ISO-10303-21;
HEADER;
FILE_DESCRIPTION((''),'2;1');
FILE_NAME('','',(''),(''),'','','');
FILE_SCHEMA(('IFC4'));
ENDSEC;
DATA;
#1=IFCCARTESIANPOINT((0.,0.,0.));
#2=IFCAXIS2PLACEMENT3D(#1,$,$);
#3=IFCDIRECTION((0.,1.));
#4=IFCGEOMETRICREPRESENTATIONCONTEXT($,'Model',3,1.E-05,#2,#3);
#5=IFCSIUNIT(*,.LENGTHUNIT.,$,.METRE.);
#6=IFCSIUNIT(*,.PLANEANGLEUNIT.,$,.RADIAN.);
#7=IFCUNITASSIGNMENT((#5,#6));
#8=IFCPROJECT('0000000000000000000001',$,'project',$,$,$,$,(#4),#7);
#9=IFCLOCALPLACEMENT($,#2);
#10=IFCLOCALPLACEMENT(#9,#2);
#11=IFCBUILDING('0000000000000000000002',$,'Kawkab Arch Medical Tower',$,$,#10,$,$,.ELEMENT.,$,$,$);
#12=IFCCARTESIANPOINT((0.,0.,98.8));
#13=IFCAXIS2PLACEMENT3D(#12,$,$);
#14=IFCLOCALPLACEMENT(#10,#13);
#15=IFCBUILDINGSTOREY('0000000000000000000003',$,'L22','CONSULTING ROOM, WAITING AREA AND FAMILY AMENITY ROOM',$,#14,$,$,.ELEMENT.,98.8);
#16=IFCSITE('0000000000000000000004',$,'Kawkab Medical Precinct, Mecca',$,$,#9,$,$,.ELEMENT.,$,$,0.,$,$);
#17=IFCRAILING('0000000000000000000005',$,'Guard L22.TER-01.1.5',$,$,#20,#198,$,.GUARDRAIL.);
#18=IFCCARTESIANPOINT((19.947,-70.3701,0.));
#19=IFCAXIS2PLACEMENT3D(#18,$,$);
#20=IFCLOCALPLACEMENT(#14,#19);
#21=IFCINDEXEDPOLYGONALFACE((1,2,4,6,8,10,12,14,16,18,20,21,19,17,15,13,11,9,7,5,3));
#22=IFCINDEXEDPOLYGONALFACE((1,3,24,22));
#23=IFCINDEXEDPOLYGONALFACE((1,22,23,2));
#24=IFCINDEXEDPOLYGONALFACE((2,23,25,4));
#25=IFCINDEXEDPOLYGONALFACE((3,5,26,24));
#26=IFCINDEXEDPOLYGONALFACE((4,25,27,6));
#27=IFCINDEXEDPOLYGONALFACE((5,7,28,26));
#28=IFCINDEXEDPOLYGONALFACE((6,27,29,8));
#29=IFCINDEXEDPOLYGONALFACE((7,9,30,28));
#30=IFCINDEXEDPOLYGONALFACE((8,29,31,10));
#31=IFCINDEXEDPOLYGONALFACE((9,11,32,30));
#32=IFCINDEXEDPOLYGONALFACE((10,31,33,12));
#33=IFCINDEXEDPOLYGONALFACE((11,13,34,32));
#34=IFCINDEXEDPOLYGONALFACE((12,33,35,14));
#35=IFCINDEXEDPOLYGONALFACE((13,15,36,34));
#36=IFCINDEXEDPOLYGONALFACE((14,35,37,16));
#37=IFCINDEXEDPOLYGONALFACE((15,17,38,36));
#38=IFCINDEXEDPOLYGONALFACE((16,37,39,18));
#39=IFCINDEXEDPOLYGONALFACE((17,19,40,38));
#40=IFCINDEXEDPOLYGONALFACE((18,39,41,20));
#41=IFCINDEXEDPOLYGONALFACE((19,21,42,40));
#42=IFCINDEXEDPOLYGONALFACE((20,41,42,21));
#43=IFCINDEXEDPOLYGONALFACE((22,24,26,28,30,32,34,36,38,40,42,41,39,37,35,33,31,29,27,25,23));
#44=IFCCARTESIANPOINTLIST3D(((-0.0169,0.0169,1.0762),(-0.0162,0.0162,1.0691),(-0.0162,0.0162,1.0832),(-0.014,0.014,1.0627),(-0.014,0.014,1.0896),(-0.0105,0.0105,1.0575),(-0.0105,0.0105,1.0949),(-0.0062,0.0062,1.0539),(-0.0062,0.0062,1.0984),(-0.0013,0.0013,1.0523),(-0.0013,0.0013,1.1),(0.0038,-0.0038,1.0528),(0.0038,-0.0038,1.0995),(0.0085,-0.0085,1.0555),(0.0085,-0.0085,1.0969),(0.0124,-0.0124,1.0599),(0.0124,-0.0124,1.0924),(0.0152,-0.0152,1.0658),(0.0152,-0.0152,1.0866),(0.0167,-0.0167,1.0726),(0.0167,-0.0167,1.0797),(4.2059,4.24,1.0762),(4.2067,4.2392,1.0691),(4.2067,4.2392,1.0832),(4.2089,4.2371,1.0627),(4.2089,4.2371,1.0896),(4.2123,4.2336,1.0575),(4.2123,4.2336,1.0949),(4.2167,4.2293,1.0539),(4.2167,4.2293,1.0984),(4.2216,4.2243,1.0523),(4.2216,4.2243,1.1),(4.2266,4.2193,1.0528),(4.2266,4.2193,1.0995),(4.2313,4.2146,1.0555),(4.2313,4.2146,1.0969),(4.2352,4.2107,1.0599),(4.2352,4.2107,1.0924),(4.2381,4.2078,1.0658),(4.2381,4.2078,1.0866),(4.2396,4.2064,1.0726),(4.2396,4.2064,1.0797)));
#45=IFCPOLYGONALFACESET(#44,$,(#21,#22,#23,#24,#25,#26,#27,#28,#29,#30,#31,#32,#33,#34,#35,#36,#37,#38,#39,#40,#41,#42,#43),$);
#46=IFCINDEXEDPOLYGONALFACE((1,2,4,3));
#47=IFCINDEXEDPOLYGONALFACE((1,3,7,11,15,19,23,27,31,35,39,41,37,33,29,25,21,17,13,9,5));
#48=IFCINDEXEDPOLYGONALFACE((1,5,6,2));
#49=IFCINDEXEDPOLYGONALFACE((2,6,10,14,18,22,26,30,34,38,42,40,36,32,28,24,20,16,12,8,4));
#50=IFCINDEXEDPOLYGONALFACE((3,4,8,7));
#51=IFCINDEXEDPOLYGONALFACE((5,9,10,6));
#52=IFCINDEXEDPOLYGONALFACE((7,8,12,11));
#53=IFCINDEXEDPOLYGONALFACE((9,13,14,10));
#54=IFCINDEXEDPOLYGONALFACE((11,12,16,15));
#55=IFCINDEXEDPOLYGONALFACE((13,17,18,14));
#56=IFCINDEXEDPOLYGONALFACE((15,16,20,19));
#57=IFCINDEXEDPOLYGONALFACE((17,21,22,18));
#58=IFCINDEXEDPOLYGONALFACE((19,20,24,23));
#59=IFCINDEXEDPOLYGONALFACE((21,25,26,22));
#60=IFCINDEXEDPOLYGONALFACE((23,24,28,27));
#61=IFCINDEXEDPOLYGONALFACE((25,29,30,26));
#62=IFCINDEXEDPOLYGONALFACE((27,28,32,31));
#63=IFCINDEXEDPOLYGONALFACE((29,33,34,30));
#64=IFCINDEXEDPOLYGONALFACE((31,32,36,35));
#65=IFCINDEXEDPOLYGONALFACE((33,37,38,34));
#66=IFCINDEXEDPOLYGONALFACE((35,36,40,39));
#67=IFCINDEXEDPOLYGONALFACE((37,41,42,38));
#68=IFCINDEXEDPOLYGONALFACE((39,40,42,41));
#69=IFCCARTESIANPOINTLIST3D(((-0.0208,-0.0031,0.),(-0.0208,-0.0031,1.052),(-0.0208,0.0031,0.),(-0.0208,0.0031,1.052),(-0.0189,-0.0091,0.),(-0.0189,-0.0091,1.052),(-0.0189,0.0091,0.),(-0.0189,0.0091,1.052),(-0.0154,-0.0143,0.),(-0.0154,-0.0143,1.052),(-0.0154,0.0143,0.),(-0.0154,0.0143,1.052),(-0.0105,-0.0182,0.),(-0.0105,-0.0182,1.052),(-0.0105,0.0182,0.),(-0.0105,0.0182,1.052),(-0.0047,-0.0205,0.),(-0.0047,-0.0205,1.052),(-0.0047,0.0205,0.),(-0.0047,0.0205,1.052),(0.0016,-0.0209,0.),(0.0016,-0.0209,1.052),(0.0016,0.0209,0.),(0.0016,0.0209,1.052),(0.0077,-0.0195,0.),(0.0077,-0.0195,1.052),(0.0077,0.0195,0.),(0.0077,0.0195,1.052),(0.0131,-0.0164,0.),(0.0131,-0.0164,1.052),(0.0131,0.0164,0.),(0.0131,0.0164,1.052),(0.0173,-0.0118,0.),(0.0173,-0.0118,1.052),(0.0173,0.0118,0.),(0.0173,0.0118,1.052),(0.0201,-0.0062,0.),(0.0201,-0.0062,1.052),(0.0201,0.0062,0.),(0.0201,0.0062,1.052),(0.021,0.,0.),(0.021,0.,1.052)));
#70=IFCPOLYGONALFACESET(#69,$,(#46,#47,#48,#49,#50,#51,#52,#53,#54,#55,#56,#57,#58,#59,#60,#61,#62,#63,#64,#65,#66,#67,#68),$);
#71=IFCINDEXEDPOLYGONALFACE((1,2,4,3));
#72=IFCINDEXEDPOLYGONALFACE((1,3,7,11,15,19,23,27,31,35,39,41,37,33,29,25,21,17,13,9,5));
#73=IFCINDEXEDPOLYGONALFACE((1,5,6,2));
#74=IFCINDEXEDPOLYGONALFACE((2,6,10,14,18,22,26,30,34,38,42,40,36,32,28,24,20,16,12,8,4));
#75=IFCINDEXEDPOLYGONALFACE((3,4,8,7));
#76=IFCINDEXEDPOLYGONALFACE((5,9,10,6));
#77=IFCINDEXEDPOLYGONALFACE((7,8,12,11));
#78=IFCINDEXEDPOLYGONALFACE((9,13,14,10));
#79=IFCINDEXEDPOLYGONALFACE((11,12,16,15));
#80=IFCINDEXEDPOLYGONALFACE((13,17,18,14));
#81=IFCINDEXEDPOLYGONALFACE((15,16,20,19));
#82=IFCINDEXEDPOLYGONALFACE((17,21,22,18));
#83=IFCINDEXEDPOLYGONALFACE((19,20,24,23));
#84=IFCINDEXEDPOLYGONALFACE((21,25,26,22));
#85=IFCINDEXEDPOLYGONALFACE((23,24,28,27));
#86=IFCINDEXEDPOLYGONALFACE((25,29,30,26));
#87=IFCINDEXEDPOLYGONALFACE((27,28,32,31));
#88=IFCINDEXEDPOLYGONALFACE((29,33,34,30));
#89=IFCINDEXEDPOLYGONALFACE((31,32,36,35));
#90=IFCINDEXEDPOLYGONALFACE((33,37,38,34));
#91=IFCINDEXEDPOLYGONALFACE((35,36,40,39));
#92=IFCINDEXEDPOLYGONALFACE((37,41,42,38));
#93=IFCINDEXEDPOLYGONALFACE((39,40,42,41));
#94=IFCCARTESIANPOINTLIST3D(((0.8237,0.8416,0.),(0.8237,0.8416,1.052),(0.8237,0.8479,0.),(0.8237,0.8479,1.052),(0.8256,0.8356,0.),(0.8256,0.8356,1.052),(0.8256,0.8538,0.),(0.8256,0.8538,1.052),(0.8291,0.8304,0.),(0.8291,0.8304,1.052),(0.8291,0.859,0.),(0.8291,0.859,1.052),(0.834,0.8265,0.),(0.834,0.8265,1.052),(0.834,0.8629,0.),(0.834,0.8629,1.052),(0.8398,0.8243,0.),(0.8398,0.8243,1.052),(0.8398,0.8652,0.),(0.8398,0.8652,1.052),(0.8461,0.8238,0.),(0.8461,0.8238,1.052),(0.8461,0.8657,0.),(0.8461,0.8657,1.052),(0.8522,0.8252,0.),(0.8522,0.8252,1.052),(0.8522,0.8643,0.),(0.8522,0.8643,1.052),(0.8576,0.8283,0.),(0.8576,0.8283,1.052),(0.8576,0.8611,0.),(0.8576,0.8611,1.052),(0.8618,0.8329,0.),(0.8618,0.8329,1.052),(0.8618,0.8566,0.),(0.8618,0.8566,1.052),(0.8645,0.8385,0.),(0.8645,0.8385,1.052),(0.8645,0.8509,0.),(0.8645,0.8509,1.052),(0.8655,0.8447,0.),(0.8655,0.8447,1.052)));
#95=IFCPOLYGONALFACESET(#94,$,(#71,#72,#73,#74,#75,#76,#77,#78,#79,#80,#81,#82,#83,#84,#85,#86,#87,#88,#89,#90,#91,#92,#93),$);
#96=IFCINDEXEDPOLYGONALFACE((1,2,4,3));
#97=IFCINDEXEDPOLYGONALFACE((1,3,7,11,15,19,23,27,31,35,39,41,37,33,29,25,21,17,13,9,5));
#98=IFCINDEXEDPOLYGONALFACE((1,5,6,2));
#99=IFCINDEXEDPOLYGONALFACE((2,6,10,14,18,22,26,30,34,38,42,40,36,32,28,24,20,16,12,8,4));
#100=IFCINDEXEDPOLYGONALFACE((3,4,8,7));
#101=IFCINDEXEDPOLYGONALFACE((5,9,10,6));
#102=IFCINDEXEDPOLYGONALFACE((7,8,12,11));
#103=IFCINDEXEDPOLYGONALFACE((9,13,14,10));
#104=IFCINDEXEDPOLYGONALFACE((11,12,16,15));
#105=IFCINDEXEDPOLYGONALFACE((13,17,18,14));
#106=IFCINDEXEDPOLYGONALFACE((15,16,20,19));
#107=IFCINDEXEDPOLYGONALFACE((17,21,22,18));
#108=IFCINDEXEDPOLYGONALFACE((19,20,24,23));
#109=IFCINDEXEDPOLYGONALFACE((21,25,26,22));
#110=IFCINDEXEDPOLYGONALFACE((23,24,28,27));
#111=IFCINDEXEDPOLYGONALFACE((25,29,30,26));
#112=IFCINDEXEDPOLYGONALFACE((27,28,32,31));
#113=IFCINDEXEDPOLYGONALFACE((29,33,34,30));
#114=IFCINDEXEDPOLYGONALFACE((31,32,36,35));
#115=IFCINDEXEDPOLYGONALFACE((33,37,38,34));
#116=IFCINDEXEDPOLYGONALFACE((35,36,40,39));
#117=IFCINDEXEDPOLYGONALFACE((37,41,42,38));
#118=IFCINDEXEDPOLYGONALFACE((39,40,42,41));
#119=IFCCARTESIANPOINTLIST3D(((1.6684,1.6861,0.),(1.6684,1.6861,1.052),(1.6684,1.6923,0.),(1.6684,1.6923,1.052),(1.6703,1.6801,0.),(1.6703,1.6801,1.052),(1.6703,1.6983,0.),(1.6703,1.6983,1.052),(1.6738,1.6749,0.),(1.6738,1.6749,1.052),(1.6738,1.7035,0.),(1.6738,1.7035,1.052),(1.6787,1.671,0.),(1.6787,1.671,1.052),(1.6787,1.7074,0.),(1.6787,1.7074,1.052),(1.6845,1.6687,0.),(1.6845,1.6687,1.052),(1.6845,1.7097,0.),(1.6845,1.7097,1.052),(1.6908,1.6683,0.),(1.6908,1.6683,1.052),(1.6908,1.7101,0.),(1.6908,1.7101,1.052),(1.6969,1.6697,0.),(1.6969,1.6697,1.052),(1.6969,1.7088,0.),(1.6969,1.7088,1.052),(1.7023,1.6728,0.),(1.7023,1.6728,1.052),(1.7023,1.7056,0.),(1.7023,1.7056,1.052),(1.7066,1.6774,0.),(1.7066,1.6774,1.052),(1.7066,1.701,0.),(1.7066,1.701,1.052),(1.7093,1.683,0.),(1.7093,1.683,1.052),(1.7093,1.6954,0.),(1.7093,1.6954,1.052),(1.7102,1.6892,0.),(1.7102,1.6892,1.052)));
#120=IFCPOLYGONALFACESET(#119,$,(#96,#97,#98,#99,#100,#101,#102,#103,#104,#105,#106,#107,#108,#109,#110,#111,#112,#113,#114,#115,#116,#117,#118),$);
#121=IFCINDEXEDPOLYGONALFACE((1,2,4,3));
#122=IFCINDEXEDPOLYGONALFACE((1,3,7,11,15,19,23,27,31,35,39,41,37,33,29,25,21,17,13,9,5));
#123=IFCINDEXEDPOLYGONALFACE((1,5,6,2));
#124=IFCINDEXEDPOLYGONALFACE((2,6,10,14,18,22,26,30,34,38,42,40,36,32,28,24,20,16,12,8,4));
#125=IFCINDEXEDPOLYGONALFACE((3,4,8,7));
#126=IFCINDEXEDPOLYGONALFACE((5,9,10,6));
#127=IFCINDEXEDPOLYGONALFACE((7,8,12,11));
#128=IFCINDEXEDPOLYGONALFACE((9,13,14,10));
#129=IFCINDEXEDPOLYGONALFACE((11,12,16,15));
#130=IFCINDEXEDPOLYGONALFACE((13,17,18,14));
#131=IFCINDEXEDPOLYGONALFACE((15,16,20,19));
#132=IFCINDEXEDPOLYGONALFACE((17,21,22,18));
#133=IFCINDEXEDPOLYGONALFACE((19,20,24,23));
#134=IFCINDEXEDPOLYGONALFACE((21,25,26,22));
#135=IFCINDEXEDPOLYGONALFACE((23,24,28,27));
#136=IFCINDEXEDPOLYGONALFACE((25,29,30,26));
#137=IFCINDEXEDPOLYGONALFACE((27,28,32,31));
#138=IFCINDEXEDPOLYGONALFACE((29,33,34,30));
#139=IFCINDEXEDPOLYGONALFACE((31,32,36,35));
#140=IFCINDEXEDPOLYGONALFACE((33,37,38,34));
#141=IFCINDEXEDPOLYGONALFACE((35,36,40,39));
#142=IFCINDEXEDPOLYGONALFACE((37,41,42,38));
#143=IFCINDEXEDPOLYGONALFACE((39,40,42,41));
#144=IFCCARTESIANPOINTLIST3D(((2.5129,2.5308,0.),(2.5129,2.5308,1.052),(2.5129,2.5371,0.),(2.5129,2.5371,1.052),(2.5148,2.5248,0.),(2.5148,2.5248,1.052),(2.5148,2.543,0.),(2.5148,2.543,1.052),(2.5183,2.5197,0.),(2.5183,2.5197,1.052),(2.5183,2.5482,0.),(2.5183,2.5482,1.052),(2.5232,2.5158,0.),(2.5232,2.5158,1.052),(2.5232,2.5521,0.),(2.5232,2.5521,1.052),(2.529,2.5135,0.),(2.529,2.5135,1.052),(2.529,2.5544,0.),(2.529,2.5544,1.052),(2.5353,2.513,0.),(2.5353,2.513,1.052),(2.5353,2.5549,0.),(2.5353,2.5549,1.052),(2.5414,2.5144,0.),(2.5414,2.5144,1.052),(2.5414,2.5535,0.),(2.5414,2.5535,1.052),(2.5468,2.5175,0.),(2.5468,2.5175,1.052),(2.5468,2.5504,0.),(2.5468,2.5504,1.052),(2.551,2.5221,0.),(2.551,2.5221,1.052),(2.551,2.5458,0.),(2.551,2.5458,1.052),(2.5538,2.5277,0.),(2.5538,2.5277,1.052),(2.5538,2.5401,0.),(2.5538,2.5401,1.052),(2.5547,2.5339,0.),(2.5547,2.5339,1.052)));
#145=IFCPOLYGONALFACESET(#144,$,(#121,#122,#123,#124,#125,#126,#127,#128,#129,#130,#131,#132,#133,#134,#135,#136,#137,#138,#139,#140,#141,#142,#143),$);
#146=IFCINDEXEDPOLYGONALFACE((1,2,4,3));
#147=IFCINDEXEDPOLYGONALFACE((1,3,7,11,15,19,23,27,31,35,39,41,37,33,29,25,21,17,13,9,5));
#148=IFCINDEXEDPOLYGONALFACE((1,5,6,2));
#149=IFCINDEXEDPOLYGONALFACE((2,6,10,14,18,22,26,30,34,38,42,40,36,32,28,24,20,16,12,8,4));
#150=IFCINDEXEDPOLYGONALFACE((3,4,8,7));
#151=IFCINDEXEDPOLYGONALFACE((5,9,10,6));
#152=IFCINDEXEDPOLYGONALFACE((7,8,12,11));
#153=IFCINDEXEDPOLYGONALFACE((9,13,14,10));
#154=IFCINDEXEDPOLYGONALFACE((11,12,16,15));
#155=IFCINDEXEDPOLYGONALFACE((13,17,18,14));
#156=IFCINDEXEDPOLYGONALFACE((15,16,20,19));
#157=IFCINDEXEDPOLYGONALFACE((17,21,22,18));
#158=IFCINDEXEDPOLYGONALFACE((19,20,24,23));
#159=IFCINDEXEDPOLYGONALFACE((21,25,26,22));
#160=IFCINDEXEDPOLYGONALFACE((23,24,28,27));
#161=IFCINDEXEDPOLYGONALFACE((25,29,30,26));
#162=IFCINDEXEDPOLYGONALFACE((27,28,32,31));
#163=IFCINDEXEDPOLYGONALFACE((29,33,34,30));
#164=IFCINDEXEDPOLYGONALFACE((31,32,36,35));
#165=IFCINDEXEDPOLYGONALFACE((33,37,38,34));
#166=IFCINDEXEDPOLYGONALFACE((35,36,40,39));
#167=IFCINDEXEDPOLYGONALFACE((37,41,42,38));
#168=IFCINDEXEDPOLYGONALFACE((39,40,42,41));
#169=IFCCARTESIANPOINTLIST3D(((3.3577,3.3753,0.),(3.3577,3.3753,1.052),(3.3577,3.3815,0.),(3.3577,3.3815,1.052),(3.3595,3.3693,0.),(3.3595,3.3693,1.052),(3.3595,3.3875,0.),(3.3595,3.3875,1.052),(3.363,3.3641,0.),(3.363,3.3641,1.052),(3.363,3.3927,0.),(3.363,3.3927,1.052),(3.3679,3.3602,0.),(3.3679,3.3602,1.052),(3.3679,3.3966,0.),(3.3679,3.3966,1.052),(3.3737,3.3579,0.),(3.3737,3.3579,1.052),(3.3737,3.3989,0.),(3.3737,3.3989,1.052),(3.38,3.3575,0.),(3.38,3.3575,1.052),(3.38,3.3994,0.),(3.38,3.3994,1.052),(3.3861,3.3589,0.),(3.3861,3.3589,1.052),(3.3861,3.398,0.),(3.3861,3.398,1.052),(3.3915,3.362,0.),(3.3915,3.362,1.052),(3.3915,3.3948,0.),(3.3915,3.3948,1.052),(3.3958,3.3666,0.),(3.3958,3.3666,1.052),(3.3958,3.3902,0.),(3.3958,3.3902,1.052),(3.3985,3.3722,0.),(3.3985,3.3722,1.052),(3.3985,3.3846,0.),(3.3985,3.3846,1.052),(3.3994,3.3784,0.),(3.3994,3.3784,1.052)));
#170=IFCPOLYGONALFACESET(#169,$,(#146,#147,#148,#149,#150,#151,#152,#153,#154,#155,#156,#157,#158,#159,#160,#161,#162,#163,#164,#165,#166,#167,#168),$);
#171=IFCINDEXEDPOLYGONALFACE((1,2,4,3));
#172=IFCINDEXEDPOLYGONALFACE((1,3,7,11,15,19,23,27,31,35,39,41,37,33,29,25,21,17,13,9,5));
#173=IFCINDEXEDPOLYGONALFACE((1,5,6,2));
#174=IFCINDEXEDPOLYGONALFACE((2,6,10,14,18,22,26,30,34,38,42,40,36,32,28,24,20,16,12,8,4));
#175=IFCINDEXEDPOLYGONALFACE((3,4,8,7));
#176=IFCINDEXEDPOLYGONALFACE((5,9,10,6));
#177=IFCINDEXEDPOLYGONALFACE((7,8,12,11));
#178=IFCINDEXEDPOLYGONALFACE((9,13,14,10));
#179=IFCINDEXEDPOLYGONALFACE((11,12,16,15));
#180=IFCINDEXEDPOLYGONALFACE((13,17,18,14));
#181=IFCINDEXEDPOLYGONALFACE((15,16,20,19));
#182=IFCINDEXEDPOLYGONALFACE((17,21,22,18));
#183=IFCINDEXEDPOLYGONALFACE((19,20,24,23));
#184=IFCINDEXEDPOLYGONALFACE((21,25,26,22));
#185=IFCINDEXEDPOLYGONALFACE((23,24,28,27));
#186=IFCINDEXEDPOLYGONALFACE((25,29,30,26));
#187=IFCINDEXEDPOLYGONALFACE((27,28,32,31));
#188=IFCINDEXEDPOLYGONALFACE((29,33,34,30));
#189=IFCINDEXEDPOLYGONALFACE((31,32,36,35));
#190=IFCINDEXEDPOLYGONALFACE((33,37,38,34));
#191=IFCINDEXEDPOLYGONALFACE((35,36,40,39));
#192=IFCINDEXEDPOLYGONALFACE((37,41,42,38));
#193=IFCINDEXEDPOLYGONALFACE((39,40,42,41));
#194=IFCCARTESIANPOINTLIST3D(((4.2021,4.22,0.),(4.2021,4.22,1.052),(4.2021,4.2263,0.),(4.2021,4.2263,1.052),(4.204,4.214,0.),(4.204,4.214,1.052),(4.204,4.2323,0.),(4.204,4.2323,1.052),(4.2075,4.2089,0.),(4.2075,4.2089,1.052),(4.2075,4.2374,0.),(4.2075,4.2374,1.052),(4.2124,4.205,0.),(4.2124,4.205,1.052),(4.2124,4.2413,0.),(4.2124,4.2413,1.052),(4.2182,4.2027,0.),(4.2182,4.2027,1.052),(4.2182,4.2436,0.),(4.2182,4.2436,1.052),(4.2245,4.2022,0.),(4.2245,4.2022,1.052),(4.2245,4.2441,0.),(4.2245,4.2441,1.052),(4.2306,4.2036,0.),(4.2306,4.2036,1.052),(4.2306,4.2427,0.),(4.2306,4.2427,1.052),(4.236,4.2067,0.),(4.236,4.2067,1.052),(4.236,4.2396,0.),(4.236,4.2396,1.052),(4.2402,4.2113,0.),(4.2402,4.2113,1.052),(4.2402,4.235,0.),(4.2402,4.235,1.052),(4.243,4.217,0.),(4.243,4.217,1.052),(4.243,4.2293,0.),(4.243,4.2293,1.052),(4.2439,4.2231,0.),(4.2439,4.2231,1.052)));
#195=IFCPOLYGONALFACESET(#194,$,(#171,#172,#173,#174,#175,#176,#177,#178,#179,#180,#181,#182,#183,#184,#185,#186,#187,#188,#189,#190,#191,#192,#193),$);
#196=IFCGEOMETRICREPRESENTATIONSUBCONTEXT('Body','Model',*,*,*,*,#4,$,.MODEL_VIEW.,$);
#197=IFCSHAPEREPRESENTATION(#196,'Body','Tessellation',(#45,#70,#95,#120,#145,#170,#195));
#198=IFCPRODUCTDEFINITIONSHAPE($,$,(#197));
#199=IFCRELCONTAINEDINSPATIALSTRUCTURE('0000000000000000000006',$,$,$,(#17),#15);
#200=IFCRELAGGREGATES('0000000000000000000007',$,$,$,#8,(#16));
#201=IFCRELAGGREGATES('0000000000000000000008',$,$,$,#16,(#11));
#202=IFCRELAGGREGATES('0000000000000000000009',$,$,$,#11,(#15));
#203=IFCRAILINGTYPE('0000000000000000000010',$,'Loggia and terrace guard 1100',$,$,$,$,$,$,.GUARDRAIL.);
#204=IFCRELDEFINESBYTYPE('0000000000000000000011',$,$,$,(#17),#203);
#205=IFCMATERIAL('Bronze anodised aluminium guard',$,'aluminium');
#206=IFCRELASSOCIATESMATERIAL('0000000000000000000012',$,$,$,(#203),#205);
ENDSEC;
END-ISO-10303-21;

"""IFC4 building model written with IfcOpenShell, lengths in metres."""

from ifc_helpers import new_model, si_unit, direction, frame, origin, origin_2d, place, context, subcontext, project, spatial, circle, extrude, material, type_object, element, save


model = new_model("IFC4")

# Units and contexts
model_context = context("Model", 3, precision=1e-05, world=origin(), true_north=direction((0.0, 1.0)))
body_context = subcontext(model_context, "Body", "Model", "MODEL_VIEW")
ifc_project = project(units=[si_unit("LENGTHUNIT", "METRE"), si_unit("PLANEANGLEUNIT", "RADIAN")], contexts=[model_context])

# Site, building, storey
site_placement = place(None, origin())
site = spatial("IfcSite", under=ifc_project, at=site_placement, Name="Kawkab Medical Precinct, Mecca", CompositionType="ELEMENT", RefElevation=0.0)
building_placement = place(site_placement, origin())
building = spatial("IfcBuilding", under=site, at=building_placement, Name="Kawkab Arch Medical Tower", CompositionType="ELEMENT")
storey_placement = place(building_placement, frame((0.0, 0.0, 98.8)))
storey = spatial("IfcBuildingStorey", under=building, at=storey_placement, Name="L22", Description="CONSULTING ROOM, WAITING AREA AND FAMILY AMENITY ROOM", CompositionType="ELEMENT", Elevation=98.8)

# Railing
ifc_material_1 = material(Name="Bronze anodised aluminium guard", Category="aluminium")
railing_type_1 = type_object("IfcRailingType", Name="Loggia and terrace guard 1100", PredefinedType="GUARDRAIL", material=ifc_material_1)
railing_1_placement = place(storey_placement, frame((19.947, -70.3701, 0.0)))
element("IfcRailing", 1, at=railing_1_placement, inside=storey, type_object=railing_type_1, Name="Guard L22.TER-01.1.5", PredefinedType="GUARDRAIL", context=body_context, shape_type="SweptSolid", body=[
    extrude(circle(Radius=0.0239, at=origin_2d()), frame((0.0, 0.0, 1.0762), z_axis=(0.707086, 0.707127, 0.0), x_axis=(-0.707127, 0.707086, 0.0)), (0.0, 0.0, 1.0), 5.9722),
    extrude(circle(Radius=0.021, at=origin_2d()), origin(), (0.0, 0.0, 1.0), 1.052),
    extrude(circle(Radius=0.021, at=origin_2d()), frame((0.8445, 0.8447, 0.0)), (0.0, 0.0, 1.0), 1.052),
    extrude(circle(Radius=0.021, at=origin_2d()), frame((1.6892, 1.6892, 0.0)), (0.0, 0.0, 1.0), 1.052),
    extrude(circle(Radius=0.021, at=origin_2d()), frame((2.5337, 2.5339, 0.0)), (0.0, 0.0, 1.0), 1.052),
    extrude(circle(Radius=0.021, at=origin_2d()), frame((3.3784, 3.3784, 0.0)), (0.0, 0.0, 1.0), 1.052),
    extrude(circle(Radius=0.021, at=origin_2d()), frame((4.2229, 4.2231, 0.0)), (0.0, 0.0, 1.0), 1.052),
])

save(model, "model.ifc")
